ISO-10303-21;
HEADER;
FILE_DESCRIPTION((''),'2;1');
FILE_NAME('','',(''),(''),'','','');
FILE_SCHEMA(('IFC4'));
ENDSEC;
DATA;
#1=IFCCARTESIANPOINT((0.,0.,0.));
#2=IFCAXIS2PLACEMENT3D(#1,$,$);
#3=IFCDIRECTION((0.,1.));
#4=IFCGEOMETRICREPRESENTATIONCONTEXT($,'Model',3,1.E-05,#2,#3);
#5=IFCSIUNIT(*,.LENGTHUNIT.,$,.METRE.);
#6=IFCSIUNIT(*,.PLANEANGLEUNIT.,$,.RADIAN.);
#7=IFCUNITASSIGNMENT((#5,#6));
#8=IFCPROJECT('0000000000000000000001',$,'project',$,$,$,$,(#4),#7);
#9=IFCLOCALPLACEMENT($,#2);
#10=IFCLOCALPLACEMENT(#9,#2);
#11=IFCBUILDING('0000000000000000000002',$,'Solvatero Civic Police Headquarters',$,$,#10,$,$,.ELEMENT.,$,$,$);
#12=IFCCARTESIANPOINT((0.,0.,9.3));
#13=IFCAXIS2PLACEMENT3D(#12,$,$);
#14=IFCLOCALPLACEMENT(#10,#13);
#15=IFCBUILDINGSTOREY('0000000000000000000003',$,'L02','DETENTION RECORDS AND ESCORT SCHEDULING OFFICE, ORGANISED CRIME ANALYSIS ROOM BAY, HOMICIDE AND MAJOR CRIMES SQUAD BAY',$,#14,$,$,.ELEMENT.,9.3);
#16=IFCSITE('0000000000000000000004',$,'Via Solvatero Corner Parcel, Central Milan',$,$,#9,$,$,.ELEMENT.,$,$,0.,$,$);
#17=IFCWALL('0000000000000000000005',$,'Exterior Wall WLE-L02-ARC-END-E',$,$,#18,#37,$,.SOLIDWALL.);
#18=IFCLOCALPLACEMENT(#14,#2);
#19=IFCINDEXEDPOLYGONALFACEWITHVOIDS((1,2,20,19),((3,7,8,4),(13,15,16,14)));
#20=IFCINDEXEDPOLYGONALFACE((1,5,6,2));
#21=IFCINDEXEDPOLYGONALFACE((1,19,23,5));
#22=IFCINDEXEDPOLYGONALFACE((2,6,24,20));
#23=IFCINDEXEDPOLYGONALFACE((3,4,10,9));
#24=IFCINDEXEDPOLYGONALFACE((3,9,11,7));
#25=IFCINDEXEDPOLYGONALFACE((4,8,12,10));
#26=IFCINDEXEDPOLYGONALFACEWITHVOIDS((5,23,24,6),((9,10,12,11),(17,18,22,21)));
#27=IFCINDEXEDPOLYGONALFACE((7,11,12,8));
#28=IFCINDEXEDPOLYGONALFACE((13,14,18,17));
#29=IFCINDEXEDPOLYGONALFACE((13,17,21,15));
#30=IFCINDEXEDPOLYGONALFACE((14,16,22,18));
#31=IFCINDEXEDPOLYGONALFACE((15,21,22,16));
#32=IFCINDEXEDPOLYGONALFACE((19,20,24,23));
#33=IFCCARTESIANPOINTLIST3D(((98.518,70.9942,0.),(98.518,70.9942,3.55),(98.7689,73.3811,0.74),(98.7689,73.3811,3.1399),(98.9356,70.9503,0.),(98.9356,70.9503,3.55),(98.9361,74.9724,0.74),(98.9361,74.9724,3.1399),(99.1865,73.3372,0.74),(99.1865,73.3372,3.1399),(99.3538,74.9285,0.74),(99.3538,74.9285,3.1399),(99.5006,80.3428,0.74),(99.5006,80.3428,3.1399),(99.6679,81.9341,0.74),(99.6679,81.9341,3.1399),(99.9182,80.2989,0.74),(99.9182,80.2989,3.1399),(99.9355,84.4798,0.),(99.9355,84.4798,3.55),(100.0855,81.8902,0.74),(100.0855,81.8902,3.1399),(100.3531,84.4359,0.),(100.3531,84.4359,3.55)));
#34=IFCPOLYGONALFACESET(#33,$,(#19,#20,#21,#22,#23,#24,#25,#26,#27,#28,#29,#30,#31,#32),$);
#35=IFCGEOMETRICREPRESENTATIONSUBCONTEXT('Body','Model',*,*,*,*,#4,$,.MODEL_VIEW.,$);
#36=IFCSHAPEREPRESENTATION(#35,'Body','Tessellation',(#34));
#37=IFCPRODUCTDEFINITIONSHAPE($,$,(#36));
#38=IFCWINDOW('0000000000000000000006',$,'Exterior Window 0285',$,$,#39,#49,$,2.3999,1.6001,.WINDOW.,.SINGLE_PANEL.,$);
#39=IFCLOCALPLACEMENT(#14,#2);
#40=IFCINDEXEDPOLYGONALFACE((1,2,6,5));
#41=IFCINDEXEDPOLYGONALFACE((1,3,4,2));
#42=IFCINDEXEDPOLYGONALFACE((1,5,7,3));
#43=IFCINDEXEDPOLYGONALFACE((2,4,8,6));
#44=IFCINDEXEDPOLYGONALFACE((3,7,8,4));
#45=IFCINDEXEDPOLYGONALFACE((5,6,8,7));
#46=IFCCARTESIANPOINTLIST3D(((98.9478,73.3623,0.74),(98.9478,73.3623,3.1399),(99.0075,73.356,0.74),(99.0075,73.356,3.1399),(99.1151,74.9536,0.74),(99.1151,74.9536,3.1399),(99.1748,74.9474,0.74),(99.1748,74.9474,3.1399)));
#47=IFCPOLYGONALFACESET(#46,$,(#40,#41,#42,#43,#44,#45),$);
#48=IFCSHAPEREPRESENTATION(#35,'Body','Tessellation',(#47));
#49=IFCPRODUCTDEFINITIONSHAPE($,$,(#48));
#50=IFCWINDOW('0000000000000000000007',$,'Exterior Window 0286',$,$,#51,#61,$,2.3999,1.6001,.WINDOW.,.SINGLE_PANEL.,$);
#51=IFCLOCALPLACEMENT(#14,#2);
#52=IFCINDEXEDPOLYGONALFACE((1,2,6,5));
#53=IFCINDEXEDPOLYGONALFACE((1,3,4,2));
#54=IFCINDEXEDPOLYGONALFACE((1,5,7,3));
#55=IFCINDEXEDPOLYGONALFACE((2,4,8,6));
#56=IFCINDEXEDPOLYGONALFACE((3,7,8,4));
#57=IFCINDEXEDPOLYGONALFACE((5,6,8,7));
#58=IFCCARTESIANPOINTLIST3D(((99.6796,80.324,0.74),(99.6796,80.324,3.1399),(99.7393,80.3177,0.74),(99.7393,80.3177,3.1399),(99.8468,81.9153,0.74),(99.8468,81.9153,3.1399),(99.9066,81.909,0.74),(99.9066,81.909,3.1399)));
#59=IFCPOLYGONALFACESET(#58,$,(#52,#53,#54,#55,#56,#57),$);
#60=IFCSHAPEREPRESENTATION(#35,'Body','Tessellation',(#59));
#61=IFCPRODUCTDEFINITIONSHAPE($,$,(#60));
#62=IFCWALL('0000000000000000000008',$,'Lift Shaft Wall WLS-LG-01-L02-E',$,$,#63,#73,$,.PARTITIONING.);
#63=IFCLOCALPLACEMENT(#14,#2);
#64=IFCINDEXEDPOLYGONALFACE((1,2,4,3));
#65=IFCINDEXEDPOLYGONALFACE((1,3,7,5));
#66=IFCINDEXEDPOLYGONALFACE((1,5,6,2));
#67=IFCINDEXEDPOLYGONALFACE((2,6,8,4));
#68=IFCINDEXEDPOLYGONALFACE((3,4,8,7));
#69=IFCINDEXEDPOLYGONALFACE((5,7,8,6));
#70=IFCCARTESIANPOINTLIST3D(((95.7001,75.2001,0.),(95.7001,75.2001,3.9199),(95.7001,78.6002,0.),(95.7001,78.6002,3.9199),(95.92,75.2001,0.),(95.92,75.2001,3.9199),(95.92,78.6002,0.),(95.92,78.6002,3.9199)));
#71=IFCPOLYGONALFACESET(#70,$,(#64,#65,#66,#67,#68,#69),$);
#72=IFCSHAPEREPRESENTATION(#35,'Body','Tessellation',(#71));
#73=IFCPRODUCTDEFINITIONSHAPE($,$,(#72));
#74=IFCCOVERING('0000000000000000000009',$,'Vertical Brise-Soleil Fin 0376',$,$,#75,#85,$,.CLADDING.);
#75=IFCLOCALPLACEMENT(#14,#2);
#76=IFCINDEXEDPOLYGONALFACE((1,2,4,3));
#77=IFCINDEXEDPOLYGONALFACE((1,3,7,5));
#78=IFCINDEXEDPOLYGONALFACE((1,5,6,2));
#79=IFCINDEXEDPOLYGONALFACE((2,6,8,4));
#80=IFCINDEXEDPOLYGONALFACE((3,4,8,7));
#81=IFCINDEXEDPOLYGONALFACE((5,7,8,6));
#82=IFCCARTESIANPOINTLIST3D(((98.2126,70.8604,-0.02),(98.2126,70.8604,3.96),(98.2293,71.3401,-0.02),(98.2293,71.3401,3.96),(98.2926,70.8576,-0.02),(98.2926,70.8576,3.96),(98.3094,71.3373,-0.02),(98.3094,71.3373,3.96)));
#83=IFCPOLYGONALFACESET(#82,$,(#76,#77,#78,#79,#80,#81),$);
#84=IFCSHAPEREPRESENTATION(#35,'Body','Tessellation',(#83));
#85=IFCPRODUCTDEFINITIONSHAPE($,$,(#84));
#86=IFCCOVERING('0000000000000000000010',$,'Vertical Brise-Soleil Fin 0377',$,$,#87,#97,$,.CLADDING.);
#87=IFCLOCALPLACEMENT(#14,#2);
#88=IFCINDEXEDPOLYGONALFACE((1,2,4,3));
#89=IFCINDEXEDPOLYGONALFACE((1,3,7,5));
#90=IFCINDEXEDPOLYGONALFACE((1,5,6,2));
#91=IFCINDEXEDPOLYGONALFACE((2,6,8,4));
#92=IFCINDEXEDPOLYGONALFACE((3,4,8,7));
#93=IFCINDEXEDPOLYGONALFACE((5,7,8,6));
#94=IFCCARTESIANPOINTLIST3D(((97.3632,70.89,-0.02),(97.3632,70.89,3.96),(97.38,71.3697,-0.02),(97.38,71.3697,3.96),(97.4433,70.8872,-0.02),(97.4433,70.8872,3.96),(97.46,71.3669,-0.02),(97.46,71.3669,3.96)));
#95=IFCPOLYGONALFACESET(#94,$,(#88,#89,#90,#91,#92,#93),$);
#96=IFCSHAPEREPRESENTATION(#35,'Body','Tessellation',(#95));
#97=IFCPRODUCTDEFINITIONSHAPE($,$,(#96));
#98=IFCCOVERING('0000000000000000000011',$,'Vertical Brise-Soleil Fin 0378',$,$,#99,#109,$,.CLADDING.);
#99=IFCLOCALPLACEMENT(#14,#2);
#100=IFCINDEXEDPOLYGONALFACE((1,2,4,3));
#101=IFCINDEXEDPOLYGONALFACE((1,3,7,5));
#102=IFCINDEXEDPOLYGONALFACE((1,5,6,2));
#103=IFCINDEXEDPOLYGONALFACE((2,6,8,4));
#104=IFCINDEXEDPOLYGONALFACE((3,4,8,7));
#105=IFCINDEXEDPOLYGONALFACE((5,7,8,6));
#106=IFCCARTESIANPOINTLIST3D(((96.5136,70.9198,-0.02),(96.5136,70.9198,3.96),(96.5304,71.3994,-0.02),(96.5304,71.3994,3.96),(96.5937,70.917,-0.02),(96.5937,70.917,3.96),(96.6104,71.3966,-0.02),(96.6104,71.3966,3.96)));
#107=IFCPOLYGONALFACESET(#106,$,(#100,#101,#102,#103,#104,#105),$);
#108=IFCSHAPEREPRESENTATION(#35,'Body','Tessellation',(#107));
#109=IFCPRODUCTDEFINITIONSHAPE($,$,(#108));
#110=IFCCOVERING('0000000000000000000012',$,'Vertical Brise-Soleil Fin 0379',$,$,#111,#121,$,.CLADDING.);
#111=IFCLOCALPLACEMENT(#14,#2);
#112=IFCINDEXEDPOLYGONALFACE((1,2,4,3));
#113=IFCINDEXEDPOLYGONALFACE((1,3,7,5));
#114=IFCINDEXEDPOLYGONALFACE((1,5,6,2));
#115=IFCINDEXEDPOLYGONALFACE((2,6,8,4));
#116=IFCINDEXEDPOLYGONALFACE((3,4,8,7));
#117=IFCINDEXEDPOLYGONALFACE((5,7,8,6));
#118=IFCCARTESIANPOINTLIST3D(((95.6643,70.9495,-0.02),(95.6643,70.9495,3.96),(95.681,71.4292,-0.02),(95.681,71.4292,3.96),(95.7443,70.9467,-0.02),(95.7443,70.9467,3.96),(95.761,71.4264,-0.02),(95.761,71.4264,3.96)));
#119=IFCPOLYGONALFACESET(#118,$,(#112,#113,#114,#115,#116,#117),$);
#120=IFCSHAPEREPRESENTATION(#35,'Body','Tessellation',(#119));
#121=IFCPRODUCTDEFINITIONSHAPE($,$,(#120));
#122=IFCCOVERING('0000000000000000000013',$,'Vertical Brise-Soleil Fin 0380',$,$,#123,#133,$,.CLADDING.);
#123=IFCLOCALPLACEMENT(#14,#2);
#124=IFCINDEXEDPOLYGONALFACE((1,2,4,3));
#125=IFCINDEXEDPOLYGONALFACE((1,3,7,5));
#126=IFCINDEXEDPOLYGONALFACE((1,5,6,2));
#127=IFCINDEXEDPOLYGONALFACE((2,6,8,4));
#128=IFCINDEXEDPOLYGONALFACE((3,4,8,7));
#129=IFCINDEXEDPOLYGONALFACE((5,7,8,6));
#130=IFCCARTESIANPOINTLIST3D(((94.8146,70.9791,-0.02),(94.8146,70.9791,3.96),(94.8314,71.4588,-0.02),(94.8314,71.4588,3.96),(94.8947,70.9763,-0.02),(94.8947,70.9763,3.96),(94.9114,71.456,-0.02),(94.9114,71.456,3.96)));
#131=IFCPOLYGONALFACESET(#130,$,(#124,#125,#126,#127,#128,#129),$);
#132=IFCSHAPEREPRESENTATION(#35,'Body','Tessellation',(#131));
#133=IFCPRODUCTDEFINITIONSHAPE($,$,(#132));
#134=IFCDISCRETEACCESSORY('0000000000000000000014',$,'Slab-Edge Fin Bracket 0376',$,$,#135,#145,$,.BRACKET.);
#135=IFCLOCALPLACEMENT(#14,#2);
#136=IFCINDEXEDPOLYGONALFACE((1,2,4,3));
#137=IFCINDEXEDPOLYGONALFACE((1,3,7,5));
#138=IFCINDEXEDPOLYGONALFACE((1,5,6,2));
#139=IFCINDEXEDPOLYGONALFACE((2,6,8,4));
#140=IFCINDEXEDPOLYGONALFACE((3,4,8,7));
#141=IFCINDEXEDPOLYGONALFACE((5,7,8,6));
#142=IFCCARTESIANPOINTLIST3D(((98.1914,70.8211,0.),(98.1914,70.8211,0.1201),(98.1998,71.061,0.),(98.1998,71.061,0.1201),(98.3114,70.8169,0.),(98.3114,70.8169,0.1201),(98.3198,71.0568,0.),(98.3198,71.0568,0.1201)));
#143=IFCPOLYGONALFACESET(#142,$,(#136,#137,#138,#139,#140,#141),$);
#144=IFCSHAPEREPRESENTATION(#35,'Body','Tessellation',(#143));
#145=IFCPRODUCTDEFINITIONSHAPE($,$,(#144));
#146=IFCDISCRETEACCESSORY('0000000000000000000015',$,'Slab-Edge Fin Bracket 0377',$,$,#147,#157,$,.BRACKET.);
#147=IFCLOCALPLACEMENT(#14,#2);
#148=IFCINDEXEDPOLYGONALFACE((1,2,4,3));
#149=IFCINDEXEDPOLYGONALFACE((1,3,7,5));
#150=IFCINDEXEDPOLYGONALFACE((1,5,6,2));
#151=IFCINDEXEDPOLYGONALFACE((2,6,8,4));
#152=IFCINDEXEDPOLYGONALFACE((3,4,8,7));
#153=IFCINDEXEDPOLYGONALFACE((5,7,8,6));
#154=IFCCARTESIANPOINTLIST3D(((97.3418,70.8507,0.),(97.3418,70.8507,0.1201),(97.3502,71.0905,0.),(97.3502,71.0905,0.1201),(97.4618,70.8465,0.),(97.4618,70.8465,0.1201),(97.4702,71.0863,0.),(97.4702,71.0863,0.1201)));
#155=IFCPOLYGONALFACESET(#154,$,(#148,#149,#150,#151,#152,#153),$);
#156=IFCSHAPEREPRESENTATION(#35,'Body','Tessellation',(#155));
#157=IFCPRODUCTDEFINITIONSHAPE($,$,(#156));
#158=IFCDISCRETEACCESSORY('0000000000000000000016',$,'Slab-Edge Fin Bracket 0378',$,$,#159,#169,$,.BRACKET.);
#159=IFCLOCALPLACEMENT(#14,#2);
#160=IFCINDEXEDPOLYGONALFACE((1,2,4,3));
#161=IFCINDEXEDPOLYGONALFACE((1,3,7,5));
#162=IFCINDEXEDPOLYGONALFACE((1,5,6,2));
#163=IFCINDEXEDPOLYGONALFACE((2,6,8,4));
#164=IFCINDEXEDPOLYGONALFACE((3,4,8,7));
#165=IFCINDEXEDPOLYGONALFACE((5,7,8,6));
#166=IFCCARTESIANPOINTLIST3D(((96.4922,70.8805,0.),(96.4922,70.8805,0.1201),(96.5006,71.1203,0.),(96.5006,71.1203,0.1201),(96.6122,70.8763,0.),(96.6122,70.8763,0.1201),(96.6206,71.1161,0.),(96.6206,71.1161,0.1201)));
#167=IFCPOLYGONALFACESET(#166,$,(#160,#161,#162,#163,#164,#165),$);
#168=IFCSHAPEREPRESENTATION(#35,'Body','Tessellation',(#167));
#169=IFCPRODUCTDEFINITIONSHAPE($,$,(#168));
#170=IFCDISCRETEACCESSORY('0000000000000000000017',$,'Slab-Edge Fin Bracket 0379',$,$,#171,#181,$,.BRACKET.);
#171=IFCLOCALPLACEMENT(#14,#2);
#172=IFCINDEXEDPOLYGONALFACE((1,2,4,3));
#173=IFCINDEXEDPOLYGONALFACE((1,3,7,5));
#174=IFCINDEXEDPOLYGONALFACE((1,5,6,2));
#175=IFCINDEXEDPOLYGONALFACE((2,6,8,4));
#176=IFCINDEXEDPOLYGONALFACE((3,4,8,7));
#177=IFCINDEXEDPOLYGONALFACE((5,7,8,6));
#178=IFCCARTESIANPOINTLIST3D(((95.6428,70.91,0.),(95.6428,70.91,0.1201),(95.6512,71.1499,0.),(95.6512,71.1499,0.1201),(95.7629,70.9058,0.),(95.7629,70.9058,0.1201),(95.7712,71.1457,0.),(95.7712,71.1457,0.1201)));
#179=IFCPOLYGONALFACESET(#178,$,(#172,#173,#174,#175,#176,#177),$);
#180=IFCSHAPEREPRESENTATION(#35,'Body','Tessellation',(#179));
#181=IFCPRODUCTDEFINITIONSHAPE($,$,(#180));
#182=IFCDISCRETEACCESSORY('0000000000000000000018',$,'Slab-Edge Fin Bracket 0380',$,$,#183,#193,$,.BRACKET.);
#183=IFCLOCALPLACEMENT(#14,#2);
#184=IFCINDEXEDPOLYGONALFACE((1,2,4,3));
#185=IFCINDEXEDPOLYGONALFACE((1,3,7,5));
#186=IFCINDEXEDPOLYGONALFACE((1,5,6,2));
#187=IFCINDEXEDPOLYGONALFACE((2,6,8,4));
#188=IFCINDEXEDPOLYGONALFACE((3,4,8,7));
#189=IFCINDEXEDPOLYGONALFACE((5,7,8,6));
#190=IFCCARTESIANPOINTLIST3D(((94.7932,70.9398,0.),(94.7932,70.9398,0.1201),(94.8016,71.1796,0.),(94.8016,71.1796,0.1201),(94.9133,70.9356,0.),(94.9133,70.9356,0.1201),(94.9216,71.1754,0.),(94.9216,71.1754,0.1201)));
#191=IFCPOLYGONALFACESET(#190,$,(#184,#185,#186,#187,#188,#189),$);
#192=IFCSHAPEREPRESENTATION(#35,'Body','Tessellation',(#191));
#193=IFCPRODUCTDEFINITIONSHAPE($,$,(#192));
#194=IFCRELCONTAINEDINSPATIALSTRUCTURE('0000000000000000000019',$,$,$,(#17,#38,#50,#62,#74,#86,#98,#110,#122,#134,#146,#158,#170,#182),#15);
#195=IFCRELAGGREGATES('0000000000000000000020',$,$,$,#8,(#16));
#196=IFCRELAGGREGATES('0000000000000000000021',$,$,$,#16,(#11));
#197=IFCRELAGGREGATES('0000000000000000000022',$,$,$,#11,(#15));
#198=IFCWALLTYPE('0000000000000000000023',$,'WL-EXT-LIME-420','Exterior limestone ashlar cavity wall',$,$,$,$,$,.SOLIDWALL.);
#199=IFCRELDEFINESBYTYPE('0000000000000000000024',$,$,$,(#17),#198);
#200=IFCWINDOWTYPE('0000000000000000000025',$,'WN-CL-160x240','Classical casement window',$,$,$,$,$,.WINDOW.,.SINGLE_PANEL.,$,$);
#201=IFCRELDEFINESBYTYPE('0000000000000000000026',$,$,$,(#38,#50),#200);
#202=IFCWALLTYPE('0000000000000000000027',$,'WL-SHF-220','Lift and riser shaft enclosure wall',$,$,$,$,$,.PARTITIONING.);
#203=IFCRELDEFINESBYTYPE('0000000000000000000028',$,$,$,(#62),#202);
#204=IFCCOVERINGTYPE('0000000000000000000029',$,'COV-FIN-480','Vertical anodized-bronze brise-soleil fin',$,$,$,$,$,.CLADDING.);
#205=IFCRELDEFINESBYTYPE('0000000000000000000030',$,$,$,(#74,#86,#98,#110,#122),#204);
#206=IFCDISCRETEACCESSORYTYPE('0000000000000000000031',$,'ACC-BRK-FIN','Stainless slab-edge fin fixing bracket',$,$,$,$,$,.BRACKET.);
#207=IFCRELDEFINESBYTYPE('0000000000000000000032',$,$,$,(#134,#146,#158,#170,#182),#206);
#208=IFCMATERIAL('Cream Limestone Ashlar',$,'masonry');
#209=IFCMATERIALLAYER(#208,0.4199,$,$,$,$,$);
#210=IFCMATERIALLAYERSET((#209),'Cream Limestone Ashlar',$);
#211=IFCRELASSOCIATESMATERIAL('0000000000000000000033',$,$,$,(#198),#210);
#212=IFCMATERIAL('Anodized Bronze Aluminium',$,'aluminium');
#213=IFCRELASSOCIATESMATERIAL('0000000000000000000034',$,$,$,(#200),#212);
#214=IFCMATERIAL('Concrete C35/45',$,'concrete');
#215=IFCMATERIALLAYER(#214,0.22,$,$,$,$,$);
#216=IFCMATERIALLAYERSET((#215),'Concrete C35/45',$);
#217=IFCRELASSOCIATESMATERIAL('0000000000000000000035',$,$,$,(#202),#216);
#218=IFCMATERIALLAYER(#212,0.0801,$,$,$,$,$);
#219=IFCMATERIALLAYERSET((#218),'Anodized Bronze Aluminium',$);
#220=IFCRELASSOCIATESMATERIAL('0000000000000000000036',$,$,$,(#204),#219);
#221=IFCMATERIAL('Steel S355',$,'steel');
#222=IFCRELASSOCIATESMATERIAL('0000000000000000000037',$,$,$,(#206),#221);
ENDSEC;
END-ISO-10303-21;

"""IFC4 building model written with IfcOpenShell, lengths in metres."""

from ifc_helpers import new_model, si_unit, direction, frame, frame_2d, origin, origin_2d, place, context, subcontext, project, spatial, rectangle, extrude, material, layer, layer_set, type_object, element, fill, save


model = new_model("IFC4")

# Units and contexts
model_context = context("Model", 3, precision=1e-05, world=origin(), true_north=direction((0.0, 1.0)))
body_context = subcontext(model_context, "Body", "Model", "MODEL_VIEW")
ifc_project = project(units=[si_unit("LENGTHUNIT", "METRE"), si_unit("PLANEANGLEUNIT", "RADIAN")], contexts=[model_context])

# Site, building, storey
site_placement = place(None, origin())
site = spatial("IfcSite", under=ifc_project, at=site_placement, Name="Via Solvatero Corner Parcel, Central Milan", CompositionType="ELEMENT", RefElevation=0.0)
building_placement = place(site_placement, origin())
building = spatial("IfcBuilding", under=site, at=building_placement, Name="Solvatero Civic Police Headquarters", CompositionType="ELEMENT")
storey_placement = place(building_placement, frame((0.0, 0.0, 9.3)))
storey = spatial("IfcBuildingStorey", under=building, at=storey_placement, Name="L02", Description="DETENTION RECORDS AND ESCORT SCHEDULING OFFICE, ORGANISED CRIME ANALYSIS ROOM BAY, HOMICIDE AND MAJOR CRIMES SQUAD BAY", CompositionType="ELEMENT", Elevation=9.3)

# Shared definitions
ifc_material_1 = material(Name="Steel S355", Category="steel")

# Shared definitions
ifc_material_2 = material(Name="Anodized Bronze Aluminium", Category="aluminium")

# Wall, openings, windows
ifc_material_3 = material(Name="Cream Limestone Ashlar", Category="masonry")
ifc_layer_1 = layer(ifc_material_3, 0.4199)
ifc_layer_set_1 = layer_set([ifc_layer_1], Name="Cream Limestone Ashlar")
wall_type_1 = type_object("IfcWallType", Name="WL-EXT-LIME-420", Description="Exterior limestone ashlar cavity wall", PredefinedType="SOLIDWALL", material=ifc_layer_set_1)
wall_1_placement = place(storey_placement, frame((98.7268, 70.9724, 0.0), z_axis=(0.0, 0.0, 1.0), x_axis=(0.104535, 0.994521, 0.0)))
wall_1 = element("IfcWall", 1, at=wall_1_placement, inside=storey, type_object=wall_type_1, Name="Exterior Wall WLE-L02-ARC-END-E", PredefinedType="SOLIDWALL", context=body_context, shape_type="SweptSolid", body=[
    extrude(rectangle(XDim=13.5598, YDim=0.4199, at=frame_2d((6.7798, 0.0))), origin(), (0.0, 0.0, 1.0), 3.55),
])
opening_1_placement = place(wall_1_placement, frame((2.3999, 0.0, 0.74)))
opening_1 = element("IfcOpeningElement", 2, at=opening_1_placement, cuts=wall_1, PredefinedType="OPENING", context=body_context, shape_type="SweptSolid", body=[
    extrude(rectangle(XDim=1.6001, YDim=2.3999, at=frame_2d((0.8, 1.2))), frame((0.0, 0.22, 0.0), z_axis=(0.0, -1.0, 0.0), x_axis=(1.0, 0.0, 0.0)), (0.0, 0.0, 1.0), 0.4399),
])
opening_2_placement = place(wall_1_placement, frame((9.3999, 0.0, 0.74)))
opening_2 = element("IfcOpeningElement", 3, at=opening_2_placement, cuts=wall_1, PredefinedType="OPENING", context=body_context, shape_type="SweptSolid", body=[
    extrude(rectangle(XDim=1.6001, YDim=2.3999, at=frame_2d((0.8, 1.2))), frame((0.0, 0.22, 0.0), z_axis=(0.0, -1.0, 0.0), x_axis=(1.0, 0.0, 0.0)), (0.0, 0.0, 1.0), 0.4399),
])
window_type = type_object("IfcWindowType", Name="WN-CL-160x240", Description="Classical casement window", PartitioningType="SINGLE_PANEL", PredefinedType="WINDOW", material=ifc_material_2)
window_1_placement = place(opening_1_placement, origin())
window_1 = element("IfcWindow", 4, at=window_1_placement, inside=storey, type_object=window_type, Name="Exterior Window 0285", OverallHeight=2.3999, OverallWidth=1.6001, PartitioningType="SINGLE_PANEL", PredefinedType="WINDOW", context=body_context, shape_type="SweptSolid", body=[
    extrude(rectangle(XDim=1.6001, YDim=2.3999, at=frame_2d((0.8, 1.2))), frame((0.0, 0.03, 0.0), z_axis=(0.0, -1.0, 0.0), x_axis=(1.0, 0.0, 0.0)), (0.0, 0.0, 1.0), 0.0601),
])
fill(opening_1, window_1)
window_2_placement = place(opening_2_placement, origin())
window_2 = element("IfcWindow", 5, at=window_2_placement, inside=storey, type_object=window_type, Name="Exterior Window 0286", OverallHeight=2.3999, OverallWidth=1.6001, PartitioningType="SINGLE_PANEL", PredefinedType="WINDOW", context=body_context, shape_type="SweptSolid", body=[
    extrude(rectangle(XDim=1.6001, YDim=2.3999, at=frame_2d((0.8, 1.2))), frame((0.0, 0.03, 0.0), z_axis=(0.0, -1.0, 0.0), x_axis=(1.0, 0.0, 0.0)), (0.0, 0.0, 1.0), 0.0601),
])
fill(opening_2, window_2)

# Wall
ifc_material_4 = material(Name="Concrete C35/45", Category="concrete")
ifc_layer_2 = layer(ifc_material_4, 0.22)
ifc_layer_set_2 = layer_set([ifc_layer_2], Name="Concrete C35/45")
wall_type_2 = type_object("IfcWallType", Name="WL-SHF-220", Description="Lift and riser shaft enclosure wall", PredefinedType="PARTITIONING", material=ifc_layer_set_2)
wall_2_placement = place(storey_placement, frame((95.8101, 75.2, 0.0), z_axis=(0.0, 0.0, 1.0), x_axis=(0.0, 1.0, 0.0)))
element("IfcWall", 6, at=wall_2_placement, inside=storey, type_object=wall_type_2, Name="Lift Shaft Wall WLS-LG-01-L02-E", PredefinedType="PARTITIONING", context=body_context, shape_type="SweptSolid", body=[
    extrude(rectangle(XDim=3.4001, YDim=0.22, at=frame_2d((1.7002, 0.0))), origin(), (0.0, 0.0, 1.0), 3.9199),
])

# Coverings
ifc_layer_3 = layer(ifc_material_2, 0.0801)
ifc_layer_set_3 = layer_set([ifc_layer_3], Name="Anodized Bronze Aluminium")
covering_type = type_object("IfcCoveringType", Name="COV-FIN-480", Description="Vertical anodized-bronze brise-soleil fin", PredefinedType="CLADDING", material=ifc_layer_set_3)
for number, where, z_axis, x_axis, name in (
    (7, (98.261, 71.0989, -0.02), (0.0, 0.0, 1.0), (-0.999391, 0.034899, 0.0), "Vertical Brise-Soleil Fin 0376"),
    (8, (97.4116, 71.1284, -0.02), (0.0, 0.0, 1.0), (-0.999391, 0.034899, 0.0), "Vertical Brise-Soleil Fin 0377"),
    (9, (96.562, 71.1582, -0.02), (0.0, 0.0, 1.0), (-0.999391, 0.034899, 0.0), "Vertical Brise-Soleil Fin 0378"),
    (10, (95.7126, 71.188, -0.02), (0.0, 0.0, 1.0), (-0.999391, 0.034899, 0.0), "Vertical Brise-Soleil Fin 0379"),
    (11, (94.863, 71.2175, -0.02), (0.0, 0.0, 1.0), (-0.999391, 0.034899, 0.0), "Vertical Brise-Soleil Fin 0380"),
):
    element("IfcCovering", number, at=place(storey_placement, frame(where, z_axis=z_axis, x_axis=x_axis)), inside=storey, type_object=covering_type, Name=name, PredefinedType="CLADDING", context=body_context, shape_type="SweptSolid", body=[
        extrude(rectangle(XDim=0.0801, YDim=0.48, at=origin_2d()), origin(), (0.0, 0.0, 1.0), 3.98),
    ])

# Discrete accessories
discrete_accessory_type = type_object("IfcDiscreteAccessoryType", Name="ACC-BRK-FIN", Description="Stainless slab-edge fin fixing bracket", PredefinedType="BRACKET", material=ifc_material_1)
for number, where, z_axis, x_axis, name in (
    (12, (98.2556, 70.939, 0.0), (0.0, 0.0, 1.0), (-0.999391, 0.034899, 0.0), "Slab-Edge Fin Bracket 0376"),
    (13, (97.406, 70.9685, 0.0), (0.0, 0.0, 1.0), (-0.999391, 0.034899, 0.0), "Slab-Edge Fin Bracket 0377"),
    (14, (96.5564, 70.9983, 0.0), (0.0, 0.0, 1.0), (-0.999391, 0.034899, 0.0), "Slab-Edge Fin Bracket 0378"),
    (15, (95.707, 71.0278, 0.0), (0.0, 0.0, 1.0), (-0.999391, 0.034899, 0.0), "Slab-Edge Fin Bracket 0379"),
    (16, (94.8574, 71.0576, 0.0), (0.0, 0.0, 1.0), (-0.999391, 0.034899, 0.0), "Slab-Edge Fin Bracket 0380"),
):
    element("IfcDiscreteAccessory", number, at=place(storey_placement, frame(where, z_axis=z_axis, x_axis=x_axis)), inside=storey, type_object=discrete_accessory_type, Name=name, PredefinedType="BRACKET", context=body_context, shape_type="SweptSolid", body=[
        extrude(rectangle(XDim=0.1201, YDim=0.24, at=origin_2d()), origin(), (0.0, 0.0, 1.0), 0.1201),
    ])

save(model, "model.ifc")
